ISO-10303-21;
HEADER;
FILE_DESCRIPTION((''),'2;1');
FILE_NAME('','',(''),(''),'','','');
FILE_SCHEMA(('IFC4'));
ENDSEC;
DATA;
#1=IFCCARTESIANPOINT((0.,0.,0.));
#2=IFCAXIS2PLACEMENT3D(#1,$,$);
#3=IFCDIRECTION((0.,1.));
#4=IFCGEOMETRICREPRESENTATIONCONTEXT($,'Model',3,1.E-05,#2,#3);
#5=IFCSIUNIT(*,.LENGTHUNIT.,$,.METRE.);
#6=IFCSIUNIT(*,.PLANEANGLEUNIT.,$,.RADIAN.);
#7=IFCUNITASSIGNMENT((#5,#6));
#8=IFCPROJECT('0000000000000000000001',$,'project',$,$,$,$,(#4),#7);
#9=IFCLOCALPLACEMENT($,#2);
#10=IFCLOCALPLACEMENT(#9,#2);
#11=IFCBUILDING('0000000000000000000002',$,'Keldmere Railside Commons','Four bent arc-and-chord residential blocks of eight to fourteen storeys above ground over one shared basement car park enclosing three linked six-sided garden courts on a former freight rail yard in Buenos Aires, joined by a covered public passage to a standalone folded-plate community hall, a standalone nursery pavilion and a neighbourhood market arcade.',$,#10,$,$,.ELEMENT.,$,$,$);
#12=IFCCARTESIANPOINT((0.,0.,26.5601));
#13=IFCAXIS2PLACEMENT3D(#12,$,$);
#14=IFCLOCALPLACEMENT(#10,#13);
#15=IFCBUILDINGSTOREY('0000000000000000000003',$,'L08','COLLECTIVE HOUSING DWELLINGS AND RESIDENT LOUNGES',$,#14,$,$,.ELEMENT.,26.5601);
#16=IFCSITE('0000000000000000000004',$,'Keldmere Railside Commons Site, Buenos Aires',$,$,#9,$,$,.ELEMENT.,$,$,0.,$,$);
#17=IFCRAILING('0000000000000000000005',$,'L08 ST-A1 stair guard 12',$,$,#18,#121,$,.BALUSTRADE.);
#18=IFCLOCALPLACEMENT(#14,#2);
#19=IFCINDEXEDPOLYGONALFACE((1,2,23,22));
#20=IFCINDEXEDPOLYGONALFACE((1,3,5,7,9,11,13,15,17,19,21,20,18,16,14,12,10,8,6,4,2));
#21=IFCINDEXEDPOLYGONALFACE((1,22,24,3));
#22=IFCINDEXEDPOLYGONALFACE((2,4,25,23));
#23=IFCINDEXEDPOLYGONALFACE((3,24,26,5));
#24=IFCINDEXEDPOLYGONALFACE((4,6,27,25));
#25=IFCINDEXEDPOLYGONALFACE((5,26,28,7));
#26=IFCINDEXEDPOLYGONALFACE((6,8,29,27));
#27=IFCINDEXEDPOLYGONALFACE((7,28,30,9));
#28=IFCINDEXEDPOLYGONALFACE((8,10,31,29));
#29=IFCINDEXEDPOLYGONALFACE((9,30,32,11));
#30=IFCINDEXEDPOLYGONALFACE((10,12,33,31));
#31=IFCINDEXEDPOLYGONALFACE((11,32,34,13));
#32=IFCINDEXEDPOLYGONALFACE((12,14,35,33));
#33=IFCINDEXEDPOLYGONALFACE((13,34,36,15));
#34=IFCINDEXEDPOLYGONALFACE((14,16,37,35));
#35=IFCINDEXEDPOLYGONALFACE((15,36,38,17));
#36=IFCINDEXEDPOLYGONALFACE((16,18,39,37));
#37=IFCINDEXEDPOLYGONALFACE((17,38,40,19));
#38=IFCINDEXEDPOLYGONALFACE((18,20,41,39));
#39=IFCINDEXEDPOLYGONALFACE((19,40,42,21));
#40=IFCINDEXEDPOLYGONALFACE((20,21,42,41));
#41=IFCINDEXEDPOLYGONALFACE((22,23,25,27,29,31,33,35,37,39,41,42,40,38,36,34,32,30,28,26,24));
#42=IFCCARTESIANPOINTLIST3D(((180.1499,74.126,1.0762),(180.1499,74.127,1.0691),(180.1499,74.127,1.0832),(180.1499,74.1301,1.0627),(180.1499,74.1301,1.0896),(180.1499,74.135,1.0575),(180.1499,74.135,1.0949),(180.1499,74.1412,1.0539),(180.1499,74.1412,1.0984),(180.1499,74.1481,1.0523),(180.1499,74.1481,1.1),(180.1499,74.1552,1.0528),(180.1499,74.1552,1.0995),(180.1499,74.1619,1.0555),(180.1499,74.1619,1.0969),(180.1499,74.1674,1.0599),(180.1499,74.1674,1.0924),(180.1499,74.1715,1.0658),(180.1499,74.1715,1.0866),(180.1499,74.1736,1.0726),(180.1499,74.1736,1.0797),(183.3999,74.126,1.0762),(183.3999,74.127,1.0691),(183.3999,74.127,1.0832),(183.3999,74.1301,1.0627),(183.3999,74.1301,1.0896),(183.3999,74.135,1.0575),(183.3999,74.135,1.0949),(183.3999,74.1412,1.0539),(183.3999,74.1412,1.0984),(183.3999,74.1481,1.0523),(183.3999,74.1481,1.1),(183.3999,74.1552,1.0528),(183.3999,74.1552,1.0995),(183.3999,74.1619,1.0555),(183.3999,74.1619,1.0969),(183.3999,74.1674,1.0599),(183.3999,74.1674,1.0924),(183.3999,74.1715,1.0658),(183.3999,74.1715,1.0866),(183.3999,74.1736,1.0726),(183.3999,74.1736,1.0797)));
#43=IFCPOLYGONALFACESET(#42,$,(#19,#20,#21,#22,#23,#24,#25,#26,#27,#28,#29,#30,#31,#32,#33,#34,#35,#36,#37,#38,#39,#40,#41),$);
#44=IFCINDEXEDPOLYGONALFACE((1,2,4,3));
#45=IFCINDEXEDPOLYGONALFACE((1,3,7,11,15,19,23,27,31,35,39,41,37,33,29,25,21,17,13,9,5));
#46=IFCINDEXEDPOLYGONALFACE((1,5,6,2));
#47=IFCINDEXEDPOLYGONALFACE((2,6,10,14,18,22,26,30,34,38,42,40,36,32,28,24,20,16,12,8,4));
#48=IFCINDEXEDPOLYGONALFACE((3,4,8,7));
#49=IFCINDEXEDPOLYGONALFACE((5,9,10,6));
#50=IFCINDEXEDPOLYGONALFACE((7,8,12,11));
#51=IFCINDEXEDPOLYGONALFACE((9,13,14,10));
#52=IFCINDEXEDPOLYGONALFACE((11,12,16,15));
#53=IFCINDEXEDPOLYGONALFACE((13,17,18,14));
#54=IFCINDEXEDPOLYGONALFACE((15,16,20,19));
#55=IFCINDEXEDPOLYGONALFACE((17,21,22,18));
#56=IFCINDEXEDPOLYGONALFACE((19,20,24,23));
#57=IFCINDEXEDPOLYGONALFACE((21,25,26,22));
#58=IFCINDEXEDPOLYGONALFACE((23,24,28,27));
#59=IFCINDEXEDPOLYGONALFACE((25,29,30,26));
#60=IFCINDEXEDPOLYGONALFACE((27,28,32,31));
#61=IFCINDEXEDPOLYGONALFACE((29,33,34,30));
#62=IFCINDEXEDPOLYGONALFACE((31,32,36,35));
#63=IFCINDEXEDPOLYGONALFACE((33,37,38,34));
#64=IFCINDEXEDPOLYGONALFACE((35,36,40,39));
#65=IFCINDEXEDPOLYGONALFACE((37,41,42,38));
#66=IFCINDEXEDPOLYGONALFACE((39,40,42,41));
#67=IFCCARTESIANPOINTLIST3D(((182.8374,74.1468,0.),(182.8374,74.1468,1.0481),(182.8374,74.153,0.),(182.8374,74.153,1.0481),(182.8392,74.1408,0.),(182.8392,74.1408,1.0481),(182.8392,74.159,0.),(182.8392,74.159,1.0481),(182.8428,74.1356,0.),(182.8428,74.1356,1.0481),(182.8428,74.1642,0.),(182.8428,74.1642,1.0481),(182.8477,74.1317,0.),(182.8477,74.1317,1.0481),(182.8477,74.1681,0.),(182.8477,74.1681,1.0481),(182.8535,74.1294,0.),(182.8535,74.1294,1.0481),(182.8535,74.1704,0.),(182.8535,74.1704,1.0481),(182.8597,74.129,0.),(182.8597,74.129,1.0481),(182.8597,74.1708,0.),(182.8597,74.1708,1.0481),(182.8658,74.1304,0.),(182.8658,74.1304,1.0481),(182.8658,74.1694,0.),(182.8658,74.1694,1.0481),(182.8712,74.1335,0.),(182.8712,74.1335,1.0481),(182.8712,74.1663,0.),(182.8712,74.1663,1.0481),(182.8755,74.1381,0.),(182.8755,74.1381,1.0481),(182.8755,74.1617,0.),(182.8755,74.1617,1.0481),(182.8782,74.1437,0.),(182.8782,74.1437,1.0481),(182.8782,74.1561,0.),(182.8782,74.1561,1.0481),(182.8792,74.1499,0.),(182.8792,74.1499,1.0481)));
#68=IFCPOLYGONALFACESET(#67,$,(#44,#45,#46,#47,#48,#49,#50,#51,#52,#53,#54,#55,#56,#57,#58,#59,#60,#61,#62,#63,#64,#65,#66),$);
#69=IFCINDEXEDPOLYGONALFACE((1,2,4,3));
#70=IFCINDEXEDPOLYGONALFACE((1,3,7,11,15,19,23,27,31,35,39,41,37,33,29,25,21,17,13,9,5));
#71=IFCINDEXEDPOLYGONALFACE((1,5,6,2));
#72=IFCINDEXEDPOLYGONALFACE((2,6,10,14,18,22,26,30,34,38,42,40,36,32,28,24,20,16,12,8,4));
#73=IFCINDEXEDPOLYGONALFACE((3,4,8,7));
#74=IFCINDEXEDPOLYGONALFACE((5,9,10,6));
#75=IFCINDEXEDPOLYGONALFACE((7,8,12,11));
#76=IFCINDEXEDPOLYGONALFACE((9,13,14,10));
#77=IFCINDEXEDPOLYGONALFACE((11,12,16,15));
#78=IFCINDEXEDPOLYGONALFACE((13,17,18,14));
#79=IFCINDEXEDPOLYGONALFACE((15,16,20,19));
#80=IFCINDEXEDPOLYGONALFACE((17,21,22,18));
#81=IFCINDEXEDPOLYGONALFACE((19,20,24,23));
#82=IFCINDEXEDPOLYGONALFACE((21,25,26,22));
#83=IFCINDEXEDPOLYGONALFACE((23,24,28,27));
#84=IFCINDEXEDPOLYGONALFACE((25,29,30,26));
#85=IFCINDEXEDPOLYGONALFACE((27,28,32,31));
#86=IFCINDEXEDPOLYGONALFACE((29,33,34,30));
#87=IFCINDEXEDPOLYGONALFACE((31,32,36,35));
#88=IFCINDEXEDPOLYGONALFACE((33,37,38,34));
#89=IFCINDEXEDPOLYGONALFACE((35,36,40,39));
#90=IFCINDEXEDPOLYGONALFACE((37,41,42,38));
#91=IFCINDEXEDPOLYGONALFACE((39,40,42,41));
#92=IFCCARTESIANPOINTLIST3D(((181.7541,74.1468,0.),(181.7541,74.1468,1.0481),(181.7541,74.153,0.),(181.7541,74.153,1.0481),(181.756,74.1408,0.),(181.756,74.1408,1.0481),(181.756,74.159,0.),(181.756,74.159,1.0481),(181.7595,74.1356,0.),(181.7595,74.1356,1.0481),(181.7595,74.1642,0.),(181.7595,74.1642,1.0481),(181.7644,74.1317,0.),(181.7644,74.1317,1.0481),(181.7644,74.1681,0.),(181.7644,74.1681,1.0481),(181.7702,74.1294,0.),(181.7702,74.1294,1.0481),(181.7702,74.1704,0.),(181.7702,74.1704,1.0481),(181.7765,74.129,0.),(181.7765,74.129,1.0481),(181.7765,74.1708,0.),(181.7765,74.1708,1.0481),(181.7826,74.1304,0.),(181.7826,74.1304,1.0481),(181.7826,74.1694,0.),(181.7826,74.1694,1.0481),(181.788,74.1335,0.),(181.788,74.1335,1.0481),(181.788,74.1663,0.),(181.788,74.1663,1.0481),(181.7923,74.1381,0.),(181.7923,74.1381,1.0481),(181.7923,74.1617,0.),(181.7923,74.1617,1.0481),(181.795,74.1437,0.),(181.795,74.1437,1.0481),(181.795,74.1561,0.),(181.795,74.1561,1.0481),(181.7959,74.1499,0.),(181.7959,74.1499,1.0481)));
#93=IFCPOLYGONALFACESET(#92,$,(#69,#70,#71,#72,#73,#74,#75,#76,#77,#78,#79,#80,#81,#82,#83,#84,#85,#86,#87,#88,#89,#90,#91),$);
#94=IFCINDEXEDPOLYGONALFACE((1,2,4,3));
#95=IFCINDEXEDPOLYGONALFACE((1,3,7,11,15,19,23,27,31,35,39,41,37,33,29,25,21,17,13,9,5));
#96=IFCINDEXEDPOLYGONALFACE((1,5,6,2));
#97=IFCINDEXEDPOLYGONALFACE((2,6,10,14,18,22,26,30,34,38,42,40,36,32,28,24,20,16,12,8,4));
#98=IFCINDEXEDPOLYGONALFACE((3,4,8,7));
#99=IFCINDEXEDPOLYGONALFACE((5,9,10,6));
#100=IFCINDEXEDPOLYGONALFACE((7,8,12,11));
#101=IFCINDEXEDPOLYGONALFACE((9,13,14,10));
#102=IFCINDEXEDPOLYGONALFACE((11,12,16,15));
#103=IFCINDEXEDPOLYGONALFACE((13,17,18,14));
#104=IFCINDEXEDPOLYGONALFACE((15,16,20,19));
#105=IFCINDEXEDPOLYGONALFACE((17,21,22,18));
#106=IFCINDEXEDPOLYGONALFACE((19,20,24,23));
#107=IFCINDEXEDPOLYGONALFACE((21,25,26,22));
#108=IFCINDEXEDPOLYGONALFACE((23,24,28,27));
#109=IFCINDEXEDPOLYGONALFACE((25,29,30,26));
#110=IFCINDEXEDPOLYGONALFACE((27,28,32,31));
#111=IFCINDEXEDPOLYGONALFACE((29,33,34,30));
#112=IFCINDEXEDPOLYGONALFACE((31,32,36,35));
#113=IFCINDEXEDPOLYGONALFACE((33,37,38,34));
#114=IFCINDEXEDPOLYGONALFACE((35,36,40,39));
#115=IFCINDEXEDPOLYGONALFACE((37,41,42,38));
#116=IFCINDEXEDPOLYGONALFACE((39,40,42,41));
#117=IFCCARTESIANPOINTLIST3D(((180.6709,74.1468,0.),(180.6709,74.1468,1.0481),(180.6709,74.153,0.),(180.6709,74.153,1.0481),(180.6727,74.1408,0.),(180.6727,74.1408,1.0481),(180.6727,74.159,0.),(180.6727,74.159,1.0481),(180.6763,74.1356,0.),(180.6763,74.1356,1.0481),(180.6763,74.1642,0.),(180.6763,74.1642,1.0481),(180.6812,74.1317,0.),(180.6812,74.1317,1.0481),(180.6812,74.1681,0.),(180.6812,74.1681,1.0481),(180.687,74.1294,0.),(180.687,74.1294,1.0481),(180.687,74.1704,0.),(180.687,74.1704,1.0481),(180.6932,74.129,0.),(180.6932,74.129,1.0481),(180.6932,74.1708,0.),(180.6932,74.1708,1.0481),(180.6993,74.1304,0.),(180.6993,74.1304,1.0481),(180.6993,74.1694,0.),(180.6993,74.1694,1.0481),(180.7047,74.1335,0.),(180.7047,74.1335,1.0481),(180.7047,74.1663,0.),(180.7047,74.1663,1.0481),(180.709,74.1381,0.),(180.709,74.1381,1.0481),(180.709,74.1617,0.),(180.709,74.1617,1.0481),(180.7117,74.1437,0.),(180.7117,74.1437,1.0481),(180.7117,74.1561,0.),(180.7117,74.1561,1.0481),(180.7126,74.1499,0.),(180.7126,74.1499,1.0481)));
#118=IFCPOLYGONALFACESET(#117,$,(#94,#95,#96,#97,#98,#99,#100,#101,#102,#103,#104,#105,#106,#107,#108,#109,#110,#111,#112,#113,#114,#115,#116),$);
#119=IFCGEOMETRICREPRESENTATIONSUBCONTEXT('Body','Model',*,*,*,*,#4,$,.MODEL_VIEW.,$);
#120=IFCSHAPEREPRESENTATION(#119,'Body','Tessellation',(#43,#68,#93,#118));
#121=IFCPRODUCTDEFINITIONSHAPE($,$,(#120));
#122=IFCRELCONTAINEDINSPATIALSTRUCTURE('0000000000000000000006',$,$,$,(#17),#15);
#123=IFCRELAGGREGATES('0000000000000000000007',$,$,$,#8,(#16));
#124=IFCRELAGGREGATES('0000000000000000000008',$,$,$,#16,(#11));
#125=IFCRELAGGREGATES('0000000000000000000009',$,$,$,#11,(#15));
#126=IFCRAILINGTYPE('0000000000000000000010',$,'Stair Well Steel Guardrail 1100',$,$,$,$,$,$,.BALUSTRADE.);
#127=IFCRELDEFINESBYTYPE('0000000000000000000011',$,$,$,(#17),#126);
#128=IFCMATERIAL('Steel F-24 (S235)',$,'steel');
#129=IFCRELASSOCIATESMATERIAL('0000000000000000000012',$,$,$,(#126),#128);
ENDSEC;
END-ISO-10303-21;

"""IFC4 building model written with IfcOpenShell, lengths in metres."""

from ifc_helpers import new_model, si_unit, direction, frame, origin, origin_2d, place, context, subcontext, project, spatial, circle, extrude, material, type_object, element, save


model = new_model("IFC4")

# Units and contexts
model_context = context("Model", 3, precision=1e-05, world=origin(), true_north=direction((0.0, 1.0)))
body_context = subcontext(model_context, "Body", "Model", "MODEL_VIEW")
ifc_project = project(units=[si_unit("LENGTHUNIT", "METRE"), si_unit("PLANEANGLEUNIT", "RADIAN")], contexts=[model_context])

# Site, building, storey
site_placement = place(None, origin())
site = spatial("IfcSite", under=ifc_project, at=site_placement, Name="Keldmere Railside Commons Site, Buenos Aires", CompositionType="ELEMENT", RefElevation=0.0)
building_placement = place(site_placement, origin())
building = spatial("IfcBuilding", under=site, at=building_placement, Name="Keldmere Railside Commons", Description="Four bent arc-and-chord residential blocks of eight to fourteen storeys above ground over one shared basement car park enclosing three linked six-sided garden courts on a former freight rail yard in Buenos Aires, joined by a covered public passage to a standalone folded-plate community hall, a standalone nursery pavilion and a neighbourhood market arcade.", CompositionType="ELEMENT")
storey_placement = place(building_placement, frame((0.0, 0.0, 26.5601)))
storey = spatial("IfcBuildingStorey", under=building, at=storey_placement, Name="L08", Description="COLLECTIVE HOUSING DWELLINGS AND RESIDENT LOUNGES", CompositionType="ELEMENT", Elevation=26.5601)

# Shared definitions
ifc_material_1 = material(Name="Steel F-24 (S235)", Category="steel")

# Railing
railing_type_1 = type_object("IfcRailingType", Name="Stair Well Steel Guardrail 1100", PredefinedType="BALUSTRADE", material=ifc_material_1)
railing_1_placement = place(storey_placement, frame((183.3999, 74.1499, 0.0)))
element("IfcRailing", 1, at=railing_1_placement, inside=storey, type_object=railing_type_1, Name="L08 ST-A1 stair guard 12", PredefinedType="BALUSTRADE", context=body_context, shape_type="SweptSolid", body=[
    extrude(circle(Radius=0.0239, at=origin_2d()), frame((0.0, 0.0, 1.0762), z_axis=(-1.0, 0.0, 0.0), x_axis=(0.0, -1.0, 0.0)), (0.0, 0.0, 1.0), 3.25),
    extrude(circle(Radius=0.021, at=origin_2d()), frame((-0.5417, 0.0, 0.0)), (0.0, 0.0, 1.0), 1.0481),
    extrude(circle(Radius=0.021, at=origin_2d()), frame((-1.625, 0.0, 0.0)), (0.0, 0.0, 1.0), 1.0481),
    extrude(circle(Radius=0.021, at=origin_2d()), frame((-2.7083, 0.0, 0.0)), (0.0, 0.0, 1.0), 1.0481),
])

save(model, "model.ifc")
